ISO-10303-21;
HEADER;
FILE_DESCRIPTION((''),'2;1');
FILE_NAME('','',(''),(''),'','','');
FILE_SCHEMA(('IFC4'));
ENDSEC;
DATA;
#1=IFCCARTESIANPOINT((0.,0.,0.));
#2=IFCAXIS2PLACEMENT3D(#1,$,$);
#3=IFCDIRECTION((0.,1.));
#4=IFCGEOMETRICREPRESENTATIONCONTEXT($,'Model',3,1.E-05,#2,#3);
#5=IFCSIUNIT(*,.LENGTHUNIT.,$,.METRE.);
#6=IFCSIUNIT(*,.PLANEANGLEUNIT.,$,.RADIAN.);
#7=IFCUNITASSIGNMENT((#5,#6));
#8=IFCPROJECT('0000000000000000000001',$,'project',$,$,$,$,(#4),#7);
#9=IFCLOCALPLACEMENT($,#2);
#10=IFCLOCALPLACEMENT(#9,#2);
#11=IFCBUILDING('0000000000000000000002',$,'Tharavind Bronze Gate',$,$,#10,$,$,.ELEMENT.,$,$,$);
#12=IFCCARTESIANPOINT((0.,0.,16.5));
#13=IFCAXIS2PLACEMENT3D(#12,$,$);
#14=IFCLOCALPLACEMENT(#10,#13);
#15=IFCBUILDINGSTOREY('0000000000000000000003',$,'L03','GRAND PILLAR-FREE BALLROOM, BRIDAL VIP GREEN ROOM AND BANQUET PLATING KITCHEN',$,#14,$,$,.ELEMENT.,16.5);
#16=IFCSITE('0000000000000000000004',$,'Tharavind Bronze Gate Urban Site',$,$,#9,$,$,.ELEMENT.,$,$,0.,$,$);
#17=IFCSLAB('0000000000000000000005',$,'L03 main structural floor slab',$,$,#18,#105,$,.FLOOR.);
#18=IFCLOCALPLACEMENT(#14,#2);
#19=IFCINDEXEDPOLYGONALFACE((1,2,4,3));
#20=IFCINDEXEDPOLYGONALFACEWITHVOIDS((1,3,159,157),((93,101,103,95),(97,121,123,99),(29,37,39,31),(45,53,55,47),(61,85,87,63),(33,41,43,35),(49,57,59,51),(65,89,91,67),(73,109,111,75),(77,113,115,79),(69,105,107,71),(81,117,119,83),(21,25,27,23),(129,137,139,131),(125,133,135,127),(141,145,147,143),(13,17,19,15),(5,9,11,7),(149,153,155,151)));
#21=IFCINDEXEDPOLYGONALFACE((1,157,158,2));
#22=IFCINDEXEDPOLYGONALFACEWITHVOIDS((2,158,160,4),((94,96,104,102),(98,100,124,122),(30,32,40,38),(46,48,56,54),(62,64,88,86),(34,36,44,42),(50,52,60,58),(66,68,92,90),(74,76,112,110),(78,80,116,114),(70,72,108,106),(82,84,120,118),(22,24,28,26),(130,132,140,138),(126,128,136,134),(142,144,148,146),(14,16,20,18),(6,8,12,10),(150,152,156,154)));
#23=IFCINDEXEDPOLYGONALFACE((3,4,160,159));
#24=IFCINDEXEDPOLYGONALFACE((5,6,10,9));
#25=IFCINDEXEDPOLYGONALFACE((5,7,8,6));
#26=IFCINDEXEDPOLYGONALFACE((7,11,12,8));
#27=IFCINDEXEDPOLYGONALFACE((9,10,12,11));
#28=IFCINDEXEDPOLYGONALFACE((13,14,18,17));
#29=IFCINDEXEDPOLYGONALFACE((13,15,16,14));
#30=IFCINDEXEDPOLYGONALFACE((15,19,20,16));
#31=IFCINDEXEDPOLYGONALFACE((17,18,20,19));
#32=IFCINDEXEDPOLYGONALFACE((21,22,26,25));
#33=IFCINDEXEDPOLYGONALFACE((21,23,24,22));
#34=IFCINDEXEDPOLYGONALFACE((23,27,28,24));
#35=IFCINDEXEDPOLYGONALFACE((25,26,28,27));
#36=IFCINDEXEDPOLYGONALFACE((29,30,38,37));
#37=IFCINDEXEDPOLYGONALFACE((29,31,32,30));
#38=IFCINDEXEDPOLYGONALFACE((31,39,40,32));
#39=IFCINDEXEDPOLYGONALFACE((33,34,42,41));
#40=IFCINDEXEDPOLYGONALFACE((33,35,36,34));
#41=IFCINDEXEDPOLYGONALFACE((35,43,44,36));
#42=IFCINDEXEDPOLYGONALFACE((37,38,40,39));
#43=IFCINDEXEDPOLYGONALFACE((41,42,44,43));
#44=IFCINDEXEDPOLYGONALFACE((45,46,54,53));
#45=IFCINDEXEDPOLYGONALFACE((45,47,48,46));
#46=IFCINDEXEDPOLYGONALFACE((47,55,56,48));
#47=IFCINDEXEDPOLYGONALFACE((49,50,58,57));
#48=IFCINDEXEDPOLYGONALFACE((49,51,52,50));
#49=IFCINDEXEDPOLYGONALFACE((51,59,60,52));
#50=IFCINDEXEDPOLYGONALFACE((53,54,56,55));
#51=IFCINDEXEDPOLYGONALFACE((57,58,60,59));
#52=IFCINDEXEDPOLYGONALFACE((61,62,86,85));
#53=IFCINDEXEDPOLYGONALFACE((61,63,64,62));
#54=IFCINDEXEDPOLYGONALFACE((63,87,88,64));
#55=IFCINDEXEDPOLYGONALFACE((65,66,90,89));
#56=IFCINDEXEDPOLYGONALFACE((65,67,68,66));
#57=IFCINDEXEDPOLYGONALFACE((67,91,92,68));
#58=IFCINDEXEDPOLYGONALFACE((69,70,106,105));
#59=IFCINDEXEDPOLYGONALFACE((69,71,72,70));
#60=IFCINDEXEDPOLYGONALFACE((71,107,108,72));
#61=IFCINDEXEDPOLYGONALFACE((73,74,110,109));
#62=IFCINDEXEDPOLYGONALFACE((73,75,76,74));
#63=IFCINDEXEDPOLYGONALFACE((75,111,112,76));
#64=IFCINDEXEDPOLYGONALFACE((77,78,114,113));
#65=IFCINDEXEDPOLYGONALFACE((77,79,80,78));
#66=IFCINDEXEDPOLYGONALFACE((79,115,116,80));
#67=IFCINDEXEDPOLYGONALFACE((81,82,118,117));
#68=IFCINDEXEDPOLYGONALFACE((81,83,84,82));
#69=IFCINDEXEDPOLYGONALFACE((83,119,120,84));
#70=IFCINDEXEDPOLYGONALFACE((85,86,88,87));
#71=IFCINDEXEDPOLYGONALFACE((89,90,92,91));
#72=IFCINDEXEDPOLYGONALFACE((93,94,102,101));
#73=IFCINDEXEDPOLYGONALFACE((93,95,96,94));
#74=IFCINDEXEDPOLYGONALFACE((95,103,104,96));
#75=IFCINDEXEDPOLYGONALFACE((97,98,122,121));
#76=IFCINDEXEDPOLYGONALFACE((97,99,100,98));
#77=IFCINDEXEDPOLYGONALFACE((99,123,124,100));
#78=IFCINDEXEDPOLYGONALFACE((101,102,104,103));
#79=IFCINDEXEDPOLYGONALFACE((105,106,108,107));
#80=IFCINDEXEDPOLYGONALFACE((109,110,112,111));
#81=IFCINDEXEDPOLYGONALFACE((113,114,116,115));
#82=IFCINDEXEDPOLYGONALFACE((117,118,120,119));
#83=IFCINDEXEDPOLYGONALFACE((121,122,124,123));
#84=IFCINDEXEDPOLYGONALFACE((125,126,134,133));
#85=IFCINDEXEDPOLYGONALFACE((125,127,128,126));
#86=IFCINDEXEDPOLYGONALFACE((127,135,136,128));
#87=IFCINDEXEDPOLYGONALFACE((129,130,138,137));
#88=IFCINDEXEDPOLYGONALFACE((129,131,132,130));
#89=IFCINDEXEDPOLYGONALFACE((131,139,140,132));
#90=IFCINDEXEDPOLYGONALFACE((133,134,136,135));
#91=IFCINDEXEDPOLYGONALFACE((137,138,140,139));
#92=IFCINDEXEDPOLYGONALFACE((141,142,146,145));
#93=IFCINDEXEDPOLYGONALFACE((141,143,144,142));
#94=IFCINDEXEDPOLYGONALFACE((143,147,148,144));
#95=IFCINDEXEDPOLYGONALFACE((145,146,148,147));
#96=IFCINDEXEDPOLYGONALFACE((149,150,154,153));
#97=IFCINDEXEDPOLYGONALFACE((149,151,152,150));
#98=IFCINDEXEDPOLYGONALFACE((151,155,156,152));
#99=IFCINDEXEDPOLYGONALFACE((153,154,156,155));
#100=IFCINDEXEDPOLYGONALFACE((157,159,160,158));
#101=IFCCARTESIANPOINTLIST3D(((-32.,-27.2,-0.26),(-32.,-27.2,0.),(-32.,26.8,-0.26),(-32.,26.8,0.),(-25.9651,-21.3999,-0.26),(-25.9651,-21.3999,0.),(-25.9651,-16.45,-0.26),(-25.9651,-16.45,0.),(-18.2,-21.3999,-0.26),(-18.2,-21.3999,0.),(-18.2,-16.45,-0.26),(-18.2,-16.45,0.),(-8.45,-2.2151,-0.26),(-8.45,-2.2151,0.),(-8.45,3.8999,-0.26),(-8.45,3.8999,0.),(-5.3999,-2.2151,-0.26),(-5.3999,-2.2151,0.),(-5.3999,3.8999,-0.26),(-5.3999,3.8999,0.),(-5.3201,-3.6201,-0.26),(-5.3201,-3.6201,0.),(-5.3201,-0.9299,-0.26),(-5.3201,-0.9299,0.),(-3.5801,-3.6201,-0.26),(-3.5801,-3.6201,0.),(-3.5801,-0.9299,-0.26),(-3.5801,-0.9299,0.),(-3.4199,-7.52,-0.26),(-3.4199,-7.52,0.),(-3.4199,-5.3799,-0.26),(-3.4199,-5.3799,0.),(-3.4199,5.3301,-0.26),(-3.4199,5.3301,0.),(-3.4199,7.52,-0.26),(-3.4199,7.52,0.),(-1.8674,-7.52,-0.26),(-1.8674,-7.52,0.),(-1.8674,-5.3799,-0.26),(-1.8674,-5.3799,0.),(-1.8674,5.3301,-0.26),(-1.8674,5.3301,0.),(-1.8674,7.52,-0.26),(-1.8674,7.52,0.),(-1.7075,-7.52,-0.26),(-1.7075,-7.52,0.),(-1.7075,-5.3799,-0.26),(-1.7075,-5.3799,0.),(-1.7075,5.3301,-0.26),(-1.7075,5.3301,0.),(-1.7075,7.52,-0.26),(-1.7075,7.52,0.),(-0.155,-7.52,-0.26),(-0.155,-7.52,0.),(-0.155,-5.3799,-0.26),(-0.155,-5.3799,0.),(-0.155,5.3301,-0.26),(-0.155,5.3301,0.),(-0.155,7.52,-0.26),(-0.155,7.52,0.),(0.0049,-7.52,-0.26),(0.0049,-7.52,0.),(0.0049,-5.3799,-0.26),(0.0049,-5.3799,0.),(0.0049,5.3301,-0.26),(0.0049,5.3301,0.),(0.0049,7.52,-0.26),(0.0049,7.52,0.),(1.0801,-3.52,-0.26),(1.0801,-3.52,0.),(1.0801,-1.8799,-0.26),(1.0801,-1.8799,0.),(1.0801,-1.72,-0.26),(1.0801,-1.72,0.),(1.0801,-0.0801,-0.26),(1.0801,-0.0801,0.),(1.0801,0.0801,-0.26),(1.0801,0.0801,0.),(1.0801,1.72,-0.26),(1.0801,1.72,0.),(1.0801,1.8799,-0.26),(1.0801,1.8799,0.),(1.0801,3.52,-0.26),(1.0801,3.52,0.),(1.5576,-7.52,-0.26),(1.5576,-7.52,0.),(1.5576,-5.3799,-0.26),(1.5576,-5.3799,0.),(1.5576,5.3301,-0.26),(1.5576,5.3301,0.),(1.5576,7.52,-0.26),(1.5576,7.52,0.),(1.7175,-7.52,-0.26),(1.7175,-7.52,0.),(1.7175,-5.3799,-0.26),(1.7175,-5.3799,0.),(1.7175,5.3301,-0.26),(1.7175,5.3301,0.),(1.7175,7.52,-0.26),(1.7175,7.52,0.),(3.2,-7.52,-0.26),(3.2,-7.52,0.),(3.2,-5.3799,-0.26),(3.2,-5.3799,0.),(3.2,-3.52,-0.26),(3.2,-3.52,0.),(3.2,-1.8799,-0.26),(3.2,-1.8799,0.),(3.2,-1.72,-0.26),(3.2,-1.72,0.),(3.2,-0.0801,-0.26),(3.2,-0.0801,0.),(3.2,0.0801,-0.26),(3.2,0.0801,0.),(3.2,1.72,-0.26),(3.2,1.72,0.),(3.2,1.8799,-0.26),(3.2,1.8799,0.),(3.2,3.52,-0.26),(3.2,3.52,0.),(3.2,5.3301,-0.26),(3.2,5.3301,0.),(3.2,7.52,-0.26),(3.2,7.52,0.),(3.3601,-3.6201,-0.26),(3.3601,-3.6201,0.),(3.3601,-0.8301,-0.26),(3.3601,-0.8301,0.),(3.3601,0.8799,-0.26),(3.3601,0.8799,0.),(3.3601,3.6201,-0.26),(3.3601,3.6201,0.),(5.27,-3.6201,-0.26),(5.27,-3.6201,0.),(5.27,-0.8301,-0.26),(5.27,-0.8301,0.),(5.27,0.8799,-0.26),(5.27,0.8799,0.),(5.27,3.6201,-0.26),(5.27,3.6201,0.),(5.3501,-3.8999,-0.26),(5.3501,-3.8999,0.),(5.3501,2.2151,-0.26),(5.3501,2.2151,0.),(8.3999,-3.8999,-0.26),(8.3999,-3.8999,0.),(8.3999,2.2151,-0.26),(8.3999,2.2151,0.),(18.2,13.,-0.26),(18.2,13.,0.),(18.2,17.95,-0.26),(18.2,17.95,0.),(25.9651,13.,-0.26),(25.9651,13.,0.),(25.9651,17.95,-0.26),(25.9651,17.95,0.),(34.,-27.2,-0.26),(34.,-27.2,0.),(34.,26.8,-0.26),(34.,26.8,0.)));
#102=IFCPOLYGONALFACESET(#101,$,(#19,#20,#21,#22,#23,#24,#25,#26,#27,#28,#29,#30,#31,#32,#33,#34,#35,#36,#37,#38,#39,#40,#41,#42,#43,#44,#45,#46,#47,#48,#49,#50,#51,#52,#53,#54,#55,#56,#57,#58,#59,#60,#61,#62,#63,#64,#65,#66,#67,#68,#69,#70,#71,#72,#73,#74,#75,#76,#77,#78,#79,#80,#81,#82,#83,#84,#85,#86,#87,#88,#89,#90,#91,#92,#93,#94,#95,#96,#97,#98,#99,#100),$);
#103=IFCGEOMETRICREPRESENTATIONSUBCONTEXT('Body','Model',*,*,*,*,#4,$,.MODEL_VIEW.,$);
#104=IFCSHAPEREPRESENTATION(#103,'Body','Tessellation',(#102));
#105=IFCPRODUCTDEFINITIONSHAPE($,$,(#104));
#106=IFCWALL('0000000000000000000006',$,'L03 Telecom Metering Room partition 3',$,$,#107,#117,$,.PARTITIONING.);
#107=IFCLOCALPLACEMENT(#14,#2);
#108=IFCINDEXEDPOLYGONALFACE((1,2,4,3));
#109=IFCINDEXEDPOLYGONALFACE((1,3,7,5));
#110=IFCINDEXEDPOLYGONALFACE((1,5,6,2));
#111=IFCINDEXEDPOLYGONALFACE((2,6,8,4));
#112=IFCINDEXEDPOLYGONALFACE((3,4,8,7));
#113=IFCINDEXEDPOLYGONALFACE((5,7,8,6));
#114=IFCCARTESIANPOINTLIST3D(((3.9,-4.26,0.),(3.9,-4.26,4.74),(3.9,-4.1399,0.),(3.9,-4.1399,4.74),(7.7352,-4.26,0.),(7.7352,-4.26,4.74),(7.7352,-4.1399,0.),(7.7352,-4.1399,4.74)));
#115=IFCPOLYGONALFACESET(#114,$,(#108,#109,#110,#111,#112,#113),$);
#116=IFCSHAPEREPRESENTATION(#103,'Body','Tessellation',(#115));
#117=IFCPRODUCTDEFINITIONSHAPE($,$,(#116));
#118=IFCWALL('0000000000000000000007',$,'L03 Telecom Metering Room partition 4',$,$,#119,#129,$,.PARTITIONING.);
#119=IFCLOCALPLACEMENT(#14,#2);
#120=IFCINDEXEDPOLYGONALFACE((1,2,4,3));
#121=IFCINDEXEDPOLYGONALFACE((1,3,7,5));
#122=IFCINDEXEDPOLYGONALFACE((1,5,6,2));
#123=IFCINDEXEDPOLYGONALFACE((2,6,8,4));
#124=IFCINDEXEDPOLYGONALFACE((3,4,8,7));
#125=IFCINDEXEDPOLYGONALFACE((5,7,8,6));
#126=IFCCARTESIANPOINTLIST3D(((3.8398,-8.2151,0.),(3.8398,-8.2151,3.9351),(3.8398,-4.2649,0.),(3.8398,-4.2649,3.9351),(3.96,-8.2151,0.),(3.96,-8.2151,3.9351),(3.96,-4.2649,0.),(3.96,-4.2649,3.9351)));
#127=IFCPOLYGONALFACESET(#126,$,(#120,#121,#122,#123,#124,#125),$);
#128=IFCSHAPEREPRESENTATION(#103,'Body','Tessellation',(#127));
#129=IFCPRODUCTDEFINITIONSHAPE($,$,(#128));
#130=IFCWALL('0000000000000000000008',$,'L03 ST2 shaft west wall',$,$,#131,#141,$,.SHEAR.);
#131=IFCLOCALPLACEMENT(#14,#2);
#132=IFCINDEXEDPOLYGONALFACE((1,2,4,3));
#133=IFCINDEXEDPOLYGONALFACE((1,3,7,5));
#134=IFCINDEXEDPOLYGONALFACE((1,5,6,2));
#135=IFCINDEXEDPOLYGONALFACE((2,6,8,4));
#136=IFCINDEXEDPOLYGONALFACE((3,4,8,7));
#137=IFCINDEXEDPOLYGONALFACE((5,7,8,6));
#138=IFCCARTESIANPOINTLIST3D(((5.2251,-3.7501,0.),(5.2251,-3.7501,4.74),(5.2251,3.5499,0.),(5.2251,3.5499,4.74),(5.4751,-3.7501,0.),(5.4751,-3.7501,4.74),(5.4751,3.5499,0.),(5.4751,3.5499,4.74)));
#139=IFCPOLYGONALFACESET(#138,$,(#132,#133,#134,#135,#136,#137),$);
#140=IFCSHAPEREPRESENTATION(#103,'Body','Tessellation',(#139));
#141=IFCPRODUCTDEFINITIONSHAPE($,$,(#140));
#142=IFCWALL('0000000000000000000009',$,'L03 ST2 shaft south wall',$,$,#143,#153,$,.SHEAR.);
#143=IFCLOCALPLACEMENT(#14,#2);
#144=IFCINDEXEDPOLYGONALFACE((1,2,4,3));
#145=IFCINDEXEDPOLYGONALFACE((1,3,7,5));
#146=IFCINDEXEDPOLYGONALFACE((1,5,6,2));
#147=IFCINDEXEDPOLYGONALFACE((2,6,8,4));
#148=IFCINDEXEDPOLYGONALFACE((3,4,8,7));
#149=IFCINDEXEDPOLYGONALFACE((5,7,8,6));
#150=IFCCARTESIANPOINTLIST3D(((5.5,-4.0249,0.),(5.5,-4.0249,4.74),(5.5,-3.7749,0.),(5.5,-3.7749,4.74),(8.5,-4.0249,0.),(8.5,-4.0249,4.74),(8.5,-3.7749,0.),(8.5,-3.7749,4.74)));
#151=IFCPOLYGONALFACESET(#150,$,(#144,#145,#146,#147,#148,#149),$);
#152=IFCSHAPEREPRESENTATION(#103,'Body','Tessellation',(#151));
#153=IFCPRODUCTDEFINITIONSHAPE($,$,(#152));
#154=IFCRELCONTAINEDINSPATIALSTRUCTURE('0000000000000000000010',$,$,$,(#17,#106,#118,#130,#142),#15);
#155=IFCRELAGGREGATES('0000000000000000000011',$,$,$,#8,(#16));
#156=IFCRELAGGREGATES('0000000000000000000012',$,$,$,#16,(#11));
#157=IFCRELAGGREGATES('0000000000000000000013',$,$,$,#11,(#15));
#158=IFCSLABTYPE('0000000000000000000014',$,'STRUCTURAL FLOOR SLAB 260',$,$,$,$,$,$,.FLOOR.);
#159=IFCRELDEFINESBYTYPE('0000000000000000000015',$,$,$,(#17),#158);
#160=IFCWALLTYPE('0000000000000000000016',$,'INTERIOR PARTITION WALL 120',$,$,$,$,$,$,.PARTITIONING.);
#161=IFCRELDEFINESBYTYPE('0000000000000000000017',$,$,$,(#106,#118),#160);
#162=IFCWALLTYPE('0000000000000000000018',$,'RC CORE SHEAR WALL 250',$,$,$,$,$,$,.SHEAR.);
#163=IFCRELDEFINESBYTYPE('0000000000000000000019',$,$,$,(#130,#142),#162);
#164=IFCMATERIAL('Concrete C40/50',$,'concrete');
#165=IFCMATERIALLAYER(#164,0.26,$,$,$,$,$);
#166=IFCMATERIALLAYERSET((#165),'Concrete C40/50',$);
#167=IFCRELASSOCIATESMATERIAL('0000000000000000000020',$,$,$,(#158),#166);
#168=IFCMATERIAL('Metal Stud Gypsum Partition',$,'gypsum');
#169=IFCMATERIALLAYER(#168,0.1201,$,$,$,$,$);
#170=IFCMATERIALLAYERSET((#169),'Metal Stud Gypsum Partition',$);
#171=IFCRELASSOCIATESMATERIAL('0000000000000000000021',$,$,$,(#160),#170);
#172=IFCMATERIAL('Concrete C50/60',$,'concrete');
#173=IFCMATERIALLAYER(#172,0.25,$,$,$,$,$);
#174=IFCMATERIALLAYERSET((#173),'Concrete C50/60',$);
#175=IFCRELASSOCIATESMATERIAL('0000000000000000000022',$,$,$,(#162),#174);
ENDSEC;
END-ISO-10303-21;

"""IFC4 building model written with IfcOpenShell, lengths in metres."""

from ifc_helpers import new_model, si_unit, direction, frame, frame_2d, origin, place, context, subcontext, project, spatial, polyline, rectangle, outline, extrude, material, layer, layer_set, type_object, element, save


model = new_model("IFC4")

# Units and contexts
model_context = context("Model", 3, precision=1e-05, world=origin(), true_north=direction((0.0, 1.0)))
body_context = subcontext(model_context, "Body", "Model", "MODEL_VIEW")
ifc_project = project(units=[si_unit("LENGTHUNIT", "METRE"), si_unit("PLANEANGLEUNIT", "RADIAN")], contexts=[model_context])

# Site, building, storey
site_placement = place(None, origin())
site = spatial("IfcSite", under=ifc_project, at=site_placement, Name="Tharavind Bronze Gate Urban Site", CompositionType="ELEMENT", RefElevation=0.0)
building_placement = place(site_placement, origin())
building = spatial("IfcBuilding", under=site, at=building_placement, Name="Tharavind Bronze Gate", CompositionType="ELEMENT")
storey_placement = place(building_placement, frame((0.0, 0.0, 16.5)))
storey = spatial("IfcBuildingStorey", under=building, at=storey_placement, Name="L03", Description="GRAND PILLAR-FREE BALLROOM, BRIDAL VIP GREEN ROOM AND BANQUET PLATING KITCHEN", CompositionType="ELEMENT", Elevation=16.5)

# Shared definitions
ifc_material_1 = material(Name="Concrete C40/50", Category="concrete")

# Slab
ifc_layer_1 = layer(ifc_material_1, 0.26)
ifc_layer_set_1 = layer_set([ifc_layer_1], Name="Concrete C40/50")
slab_type_1 = type_object("IfcSlabType", Name="STRUCTURAL FLOOR SLAB 260", PredefinedType="FLOOR", material=ifc_layer_set_1)
slab_1_placement = place(storey_placement, frame((0.0, 0.0, -0.26)))
element("IfcSlab", 1, at=slab_1_placement, inside=storey, type_object=slab_type_1, Name="L03 main structural floor slab", PredefinedType="FLOOR", context=body_context, shape_type="SweptSolid", body=[
    extrude(outline(polyline([(-32.0, -27.2), (34.0, -27.2), (34.0, 26.8), (-32.0, 26.8), (-32.0, -27.2)]), holes=[polyline([(-5.3999, -2.2151), (-5.3999, 3.8999), (-8.45, 3.8999), (-8.45, -2.2151), (-5.3999, -2.2151)]), polyline([(5.3501, 2.2151), (5.3501, -3.8999), (8.3999, -3.8999), (8.3999, 2.2151), (5.3501, 2.2151)]), polyline([(-25.9651, -21.3999), (-18.2, -21.3999), (-18.2, -16.45), (-25.9651, -16.45), (-25.9651, -21.3999)]), polyline([(25.9651, 17.95), (18.2, 17.95), (18.2, 13.0), (25.9651, 13.0), (25.9651, 17.95)]), polyline([(-3.4199, -7.52), (-1.8674, -7.52), (-1.8674, -5.3799), (-3.4199, -5.3799), (-3.4199, -7.52)]), polyline([(-1.7075, -7.52), (-0.155, -7.52), (-0.155, -5.3799), (-1.7075, -5.3799), (-1.7075, -7.52)]), polyline([(0.0049, -7.52), (1.5576, -7.52), (1.5576, -5.3799), (0.0049, -5.3799), (0.0049, -7.52)]), polyline([(1.7175, -7.52), (3.2, -7.52), (3.2, -5.3799), (1.7175, -5.3799), (1.7175, -7.52)]), polyline([(-3.4199, 5.3301), (-1.8674, 5.3301), (-1.8674, 7.52), (-3.4199, 7.52), (-3.4199, 5.3301)]), polyline([(-1.7075, 5.3301), (-0.155, 5.3301), (-0.155, 7.52), (-1.7075, 7.52), (-1.7075, 5.3301)]), polyline([(0.0049, 5.3301), (1.5576, 5.3301), (1.5576, 7.52), (0.0049, 7.52), (0.0049, 5.3301)]), polyline([(1.7175, 5.3301), (3.2, 5.3301), (3.2, 7.52), (1.7175, 7.52), (1.7175, 5.3301)]), polyline([(1.0801, -3.52), (3.2, -3.52), (3.2, -1.8799), (1.0801, -1.8799), (1.0801, -3.52)]), polyline([(1.0801, -1.72), (3.2, -1.72), (3.2, -0.0801), (1.0801, -0.0801), (1.0801, -1.72)]), polyline([(1.0801, 0.0801), (3.2, 0.0801), (3.2, 1.72), (1.0801, 1.72), (1.0801, 0.0801)]), polyline([(1.0801, 1.8799), (3.2, 1.8799), (3.2, 3.52), (1.0801, 3.52), (1.0801, 1.8799)]), polyline([(-5.3201, -3.6201), (-3.5801, -3.6201), (-3.5801, -0.9299), (-5.3201, -0.9299), (-5.3201, -3.6201)]), polyline([(3.3601, 0.8799), (5.27, 0.8799), (5.27, 3.6201), (3.3601, 3.6201), (3.3601, 0.8799)]), polyline([(3.3601, -3.6201), (5.27, -3.6201), (5.27, -0.8301), (3.3601, -0.8301), (3.3601, -3.6201)])]), origin(), (0.0, 0.0, 1.0), 0.26),
])

# Walls
ifc_material_2 = material(Name="Metal Stud Gypsum Partition", Category="gypsum")
ifc_layer_2 = layer(ifc_material_2, 0.1201)
ifc_layer_set_2 = layer_set([ifc_layer_2], Name="Metal Stud Gypsum Partition")
wall_type_1 = type_object("IfcWallType", Name="INTERIOR PARTITION WALL 120", PredefinedType="PARTITIONING", material=ifc_layer_set_2)
wall_1_placement = place(storey_placement, frame((7.7351, -4.2, 0.0), z_axis=(0.0, 0.0, 1.0), x_axis=(-1.0, 0.0, 0.0)))
element("IfcWall", 2, at=wall_1_placement, inside=storey, type_object=wall_type_1, Name="L03 Telecom Metering Room partition 3", PredefinedType="PARTITIONING", context=body_context, shape_type="SweptSolid", body=[
    extrude(rectangle(XDim=3.8352, YDim=0.1201, at=frame_2d((1.9175, 0.0))), origin(), (0.0, 0.0, 1.0), 4.74),
])
wall_2_placement = place(storey_placement, frame((3.8999, -4.2649, 0.0), z_axis=(0.0, 0.0, 1.0), x_axis=(0.0, -1.0, 0.0)))
element("IfcWall", 3, at=wall_2_placement, inside=storey, type_object=wall_type_1, Name="L03 Telecom Metering Room partition 4", PredefinedType="PARTITIONING", context=body_context, shape_type="SweptSolid", body=[
    extrude(rectangle(XDim=3.9502, YDim=0.1201, at=frame_2d((1.9751, 0.0))), origin(), (0.0, 0.0, 1.0), 3.9351),
])
ifc_material_3 = material(Name="Concrete C50/60", Category="concrete")
ifc_layer_3 = layer(ifc_material_3, 0.25)
ifc_layer_set_3 = layer_set([ifc_layer_3], Name="Concrete C50/60")
wall_type_2 = type_object("IfcWallType", Name="RC CORE SHEAR WALL 250", PredefinedType="SHEAR", material=ifc_layer_set_3)
wall_3_placement = place(storey_placement, frame((5.3501, -3.75, 0.0), z_axis=(0.0, 0.0, 1.0), x_axis=(0.0, 1.0, 0.0)))
element("IfcWall", 4, at=wall_3_placement, inside=storey, type_object=wall_type_2, Name="L03 ST2 shaft west wall", PredefinedType="SHEAR", context=body_context, shape_type="SweptSolid", body=[
    extrude(rectangle(XDim=7.3, YDim=0.25, at=frame_2d((3.6499, 0.0))), origin(), (0.0, 0.0, 1.0), 4.74),
])
wall_4_placement = place(storey_placement, frame((5.5, -3.8999, 0.0), z_axis=(0.0, 0.0, 1.0), x_axis=(1.0, 0.0, 0.0)))
element("IfcWall", 5, at=wall_4_placement, inside=storey, type_object=wall_type_2, Name="L03 ST2 shaft south wall", PredefinedType="SHEAR", context=body_context, shape_type="SweptSolid", body=[
    extrude(rectangle(XDim=3.0, YDim=0.25, at=frame_2d((1.5, 0.0))), origin(), (0.0, 0.0, 1.0), 4.74),
])

save(model, "model.ifc")
